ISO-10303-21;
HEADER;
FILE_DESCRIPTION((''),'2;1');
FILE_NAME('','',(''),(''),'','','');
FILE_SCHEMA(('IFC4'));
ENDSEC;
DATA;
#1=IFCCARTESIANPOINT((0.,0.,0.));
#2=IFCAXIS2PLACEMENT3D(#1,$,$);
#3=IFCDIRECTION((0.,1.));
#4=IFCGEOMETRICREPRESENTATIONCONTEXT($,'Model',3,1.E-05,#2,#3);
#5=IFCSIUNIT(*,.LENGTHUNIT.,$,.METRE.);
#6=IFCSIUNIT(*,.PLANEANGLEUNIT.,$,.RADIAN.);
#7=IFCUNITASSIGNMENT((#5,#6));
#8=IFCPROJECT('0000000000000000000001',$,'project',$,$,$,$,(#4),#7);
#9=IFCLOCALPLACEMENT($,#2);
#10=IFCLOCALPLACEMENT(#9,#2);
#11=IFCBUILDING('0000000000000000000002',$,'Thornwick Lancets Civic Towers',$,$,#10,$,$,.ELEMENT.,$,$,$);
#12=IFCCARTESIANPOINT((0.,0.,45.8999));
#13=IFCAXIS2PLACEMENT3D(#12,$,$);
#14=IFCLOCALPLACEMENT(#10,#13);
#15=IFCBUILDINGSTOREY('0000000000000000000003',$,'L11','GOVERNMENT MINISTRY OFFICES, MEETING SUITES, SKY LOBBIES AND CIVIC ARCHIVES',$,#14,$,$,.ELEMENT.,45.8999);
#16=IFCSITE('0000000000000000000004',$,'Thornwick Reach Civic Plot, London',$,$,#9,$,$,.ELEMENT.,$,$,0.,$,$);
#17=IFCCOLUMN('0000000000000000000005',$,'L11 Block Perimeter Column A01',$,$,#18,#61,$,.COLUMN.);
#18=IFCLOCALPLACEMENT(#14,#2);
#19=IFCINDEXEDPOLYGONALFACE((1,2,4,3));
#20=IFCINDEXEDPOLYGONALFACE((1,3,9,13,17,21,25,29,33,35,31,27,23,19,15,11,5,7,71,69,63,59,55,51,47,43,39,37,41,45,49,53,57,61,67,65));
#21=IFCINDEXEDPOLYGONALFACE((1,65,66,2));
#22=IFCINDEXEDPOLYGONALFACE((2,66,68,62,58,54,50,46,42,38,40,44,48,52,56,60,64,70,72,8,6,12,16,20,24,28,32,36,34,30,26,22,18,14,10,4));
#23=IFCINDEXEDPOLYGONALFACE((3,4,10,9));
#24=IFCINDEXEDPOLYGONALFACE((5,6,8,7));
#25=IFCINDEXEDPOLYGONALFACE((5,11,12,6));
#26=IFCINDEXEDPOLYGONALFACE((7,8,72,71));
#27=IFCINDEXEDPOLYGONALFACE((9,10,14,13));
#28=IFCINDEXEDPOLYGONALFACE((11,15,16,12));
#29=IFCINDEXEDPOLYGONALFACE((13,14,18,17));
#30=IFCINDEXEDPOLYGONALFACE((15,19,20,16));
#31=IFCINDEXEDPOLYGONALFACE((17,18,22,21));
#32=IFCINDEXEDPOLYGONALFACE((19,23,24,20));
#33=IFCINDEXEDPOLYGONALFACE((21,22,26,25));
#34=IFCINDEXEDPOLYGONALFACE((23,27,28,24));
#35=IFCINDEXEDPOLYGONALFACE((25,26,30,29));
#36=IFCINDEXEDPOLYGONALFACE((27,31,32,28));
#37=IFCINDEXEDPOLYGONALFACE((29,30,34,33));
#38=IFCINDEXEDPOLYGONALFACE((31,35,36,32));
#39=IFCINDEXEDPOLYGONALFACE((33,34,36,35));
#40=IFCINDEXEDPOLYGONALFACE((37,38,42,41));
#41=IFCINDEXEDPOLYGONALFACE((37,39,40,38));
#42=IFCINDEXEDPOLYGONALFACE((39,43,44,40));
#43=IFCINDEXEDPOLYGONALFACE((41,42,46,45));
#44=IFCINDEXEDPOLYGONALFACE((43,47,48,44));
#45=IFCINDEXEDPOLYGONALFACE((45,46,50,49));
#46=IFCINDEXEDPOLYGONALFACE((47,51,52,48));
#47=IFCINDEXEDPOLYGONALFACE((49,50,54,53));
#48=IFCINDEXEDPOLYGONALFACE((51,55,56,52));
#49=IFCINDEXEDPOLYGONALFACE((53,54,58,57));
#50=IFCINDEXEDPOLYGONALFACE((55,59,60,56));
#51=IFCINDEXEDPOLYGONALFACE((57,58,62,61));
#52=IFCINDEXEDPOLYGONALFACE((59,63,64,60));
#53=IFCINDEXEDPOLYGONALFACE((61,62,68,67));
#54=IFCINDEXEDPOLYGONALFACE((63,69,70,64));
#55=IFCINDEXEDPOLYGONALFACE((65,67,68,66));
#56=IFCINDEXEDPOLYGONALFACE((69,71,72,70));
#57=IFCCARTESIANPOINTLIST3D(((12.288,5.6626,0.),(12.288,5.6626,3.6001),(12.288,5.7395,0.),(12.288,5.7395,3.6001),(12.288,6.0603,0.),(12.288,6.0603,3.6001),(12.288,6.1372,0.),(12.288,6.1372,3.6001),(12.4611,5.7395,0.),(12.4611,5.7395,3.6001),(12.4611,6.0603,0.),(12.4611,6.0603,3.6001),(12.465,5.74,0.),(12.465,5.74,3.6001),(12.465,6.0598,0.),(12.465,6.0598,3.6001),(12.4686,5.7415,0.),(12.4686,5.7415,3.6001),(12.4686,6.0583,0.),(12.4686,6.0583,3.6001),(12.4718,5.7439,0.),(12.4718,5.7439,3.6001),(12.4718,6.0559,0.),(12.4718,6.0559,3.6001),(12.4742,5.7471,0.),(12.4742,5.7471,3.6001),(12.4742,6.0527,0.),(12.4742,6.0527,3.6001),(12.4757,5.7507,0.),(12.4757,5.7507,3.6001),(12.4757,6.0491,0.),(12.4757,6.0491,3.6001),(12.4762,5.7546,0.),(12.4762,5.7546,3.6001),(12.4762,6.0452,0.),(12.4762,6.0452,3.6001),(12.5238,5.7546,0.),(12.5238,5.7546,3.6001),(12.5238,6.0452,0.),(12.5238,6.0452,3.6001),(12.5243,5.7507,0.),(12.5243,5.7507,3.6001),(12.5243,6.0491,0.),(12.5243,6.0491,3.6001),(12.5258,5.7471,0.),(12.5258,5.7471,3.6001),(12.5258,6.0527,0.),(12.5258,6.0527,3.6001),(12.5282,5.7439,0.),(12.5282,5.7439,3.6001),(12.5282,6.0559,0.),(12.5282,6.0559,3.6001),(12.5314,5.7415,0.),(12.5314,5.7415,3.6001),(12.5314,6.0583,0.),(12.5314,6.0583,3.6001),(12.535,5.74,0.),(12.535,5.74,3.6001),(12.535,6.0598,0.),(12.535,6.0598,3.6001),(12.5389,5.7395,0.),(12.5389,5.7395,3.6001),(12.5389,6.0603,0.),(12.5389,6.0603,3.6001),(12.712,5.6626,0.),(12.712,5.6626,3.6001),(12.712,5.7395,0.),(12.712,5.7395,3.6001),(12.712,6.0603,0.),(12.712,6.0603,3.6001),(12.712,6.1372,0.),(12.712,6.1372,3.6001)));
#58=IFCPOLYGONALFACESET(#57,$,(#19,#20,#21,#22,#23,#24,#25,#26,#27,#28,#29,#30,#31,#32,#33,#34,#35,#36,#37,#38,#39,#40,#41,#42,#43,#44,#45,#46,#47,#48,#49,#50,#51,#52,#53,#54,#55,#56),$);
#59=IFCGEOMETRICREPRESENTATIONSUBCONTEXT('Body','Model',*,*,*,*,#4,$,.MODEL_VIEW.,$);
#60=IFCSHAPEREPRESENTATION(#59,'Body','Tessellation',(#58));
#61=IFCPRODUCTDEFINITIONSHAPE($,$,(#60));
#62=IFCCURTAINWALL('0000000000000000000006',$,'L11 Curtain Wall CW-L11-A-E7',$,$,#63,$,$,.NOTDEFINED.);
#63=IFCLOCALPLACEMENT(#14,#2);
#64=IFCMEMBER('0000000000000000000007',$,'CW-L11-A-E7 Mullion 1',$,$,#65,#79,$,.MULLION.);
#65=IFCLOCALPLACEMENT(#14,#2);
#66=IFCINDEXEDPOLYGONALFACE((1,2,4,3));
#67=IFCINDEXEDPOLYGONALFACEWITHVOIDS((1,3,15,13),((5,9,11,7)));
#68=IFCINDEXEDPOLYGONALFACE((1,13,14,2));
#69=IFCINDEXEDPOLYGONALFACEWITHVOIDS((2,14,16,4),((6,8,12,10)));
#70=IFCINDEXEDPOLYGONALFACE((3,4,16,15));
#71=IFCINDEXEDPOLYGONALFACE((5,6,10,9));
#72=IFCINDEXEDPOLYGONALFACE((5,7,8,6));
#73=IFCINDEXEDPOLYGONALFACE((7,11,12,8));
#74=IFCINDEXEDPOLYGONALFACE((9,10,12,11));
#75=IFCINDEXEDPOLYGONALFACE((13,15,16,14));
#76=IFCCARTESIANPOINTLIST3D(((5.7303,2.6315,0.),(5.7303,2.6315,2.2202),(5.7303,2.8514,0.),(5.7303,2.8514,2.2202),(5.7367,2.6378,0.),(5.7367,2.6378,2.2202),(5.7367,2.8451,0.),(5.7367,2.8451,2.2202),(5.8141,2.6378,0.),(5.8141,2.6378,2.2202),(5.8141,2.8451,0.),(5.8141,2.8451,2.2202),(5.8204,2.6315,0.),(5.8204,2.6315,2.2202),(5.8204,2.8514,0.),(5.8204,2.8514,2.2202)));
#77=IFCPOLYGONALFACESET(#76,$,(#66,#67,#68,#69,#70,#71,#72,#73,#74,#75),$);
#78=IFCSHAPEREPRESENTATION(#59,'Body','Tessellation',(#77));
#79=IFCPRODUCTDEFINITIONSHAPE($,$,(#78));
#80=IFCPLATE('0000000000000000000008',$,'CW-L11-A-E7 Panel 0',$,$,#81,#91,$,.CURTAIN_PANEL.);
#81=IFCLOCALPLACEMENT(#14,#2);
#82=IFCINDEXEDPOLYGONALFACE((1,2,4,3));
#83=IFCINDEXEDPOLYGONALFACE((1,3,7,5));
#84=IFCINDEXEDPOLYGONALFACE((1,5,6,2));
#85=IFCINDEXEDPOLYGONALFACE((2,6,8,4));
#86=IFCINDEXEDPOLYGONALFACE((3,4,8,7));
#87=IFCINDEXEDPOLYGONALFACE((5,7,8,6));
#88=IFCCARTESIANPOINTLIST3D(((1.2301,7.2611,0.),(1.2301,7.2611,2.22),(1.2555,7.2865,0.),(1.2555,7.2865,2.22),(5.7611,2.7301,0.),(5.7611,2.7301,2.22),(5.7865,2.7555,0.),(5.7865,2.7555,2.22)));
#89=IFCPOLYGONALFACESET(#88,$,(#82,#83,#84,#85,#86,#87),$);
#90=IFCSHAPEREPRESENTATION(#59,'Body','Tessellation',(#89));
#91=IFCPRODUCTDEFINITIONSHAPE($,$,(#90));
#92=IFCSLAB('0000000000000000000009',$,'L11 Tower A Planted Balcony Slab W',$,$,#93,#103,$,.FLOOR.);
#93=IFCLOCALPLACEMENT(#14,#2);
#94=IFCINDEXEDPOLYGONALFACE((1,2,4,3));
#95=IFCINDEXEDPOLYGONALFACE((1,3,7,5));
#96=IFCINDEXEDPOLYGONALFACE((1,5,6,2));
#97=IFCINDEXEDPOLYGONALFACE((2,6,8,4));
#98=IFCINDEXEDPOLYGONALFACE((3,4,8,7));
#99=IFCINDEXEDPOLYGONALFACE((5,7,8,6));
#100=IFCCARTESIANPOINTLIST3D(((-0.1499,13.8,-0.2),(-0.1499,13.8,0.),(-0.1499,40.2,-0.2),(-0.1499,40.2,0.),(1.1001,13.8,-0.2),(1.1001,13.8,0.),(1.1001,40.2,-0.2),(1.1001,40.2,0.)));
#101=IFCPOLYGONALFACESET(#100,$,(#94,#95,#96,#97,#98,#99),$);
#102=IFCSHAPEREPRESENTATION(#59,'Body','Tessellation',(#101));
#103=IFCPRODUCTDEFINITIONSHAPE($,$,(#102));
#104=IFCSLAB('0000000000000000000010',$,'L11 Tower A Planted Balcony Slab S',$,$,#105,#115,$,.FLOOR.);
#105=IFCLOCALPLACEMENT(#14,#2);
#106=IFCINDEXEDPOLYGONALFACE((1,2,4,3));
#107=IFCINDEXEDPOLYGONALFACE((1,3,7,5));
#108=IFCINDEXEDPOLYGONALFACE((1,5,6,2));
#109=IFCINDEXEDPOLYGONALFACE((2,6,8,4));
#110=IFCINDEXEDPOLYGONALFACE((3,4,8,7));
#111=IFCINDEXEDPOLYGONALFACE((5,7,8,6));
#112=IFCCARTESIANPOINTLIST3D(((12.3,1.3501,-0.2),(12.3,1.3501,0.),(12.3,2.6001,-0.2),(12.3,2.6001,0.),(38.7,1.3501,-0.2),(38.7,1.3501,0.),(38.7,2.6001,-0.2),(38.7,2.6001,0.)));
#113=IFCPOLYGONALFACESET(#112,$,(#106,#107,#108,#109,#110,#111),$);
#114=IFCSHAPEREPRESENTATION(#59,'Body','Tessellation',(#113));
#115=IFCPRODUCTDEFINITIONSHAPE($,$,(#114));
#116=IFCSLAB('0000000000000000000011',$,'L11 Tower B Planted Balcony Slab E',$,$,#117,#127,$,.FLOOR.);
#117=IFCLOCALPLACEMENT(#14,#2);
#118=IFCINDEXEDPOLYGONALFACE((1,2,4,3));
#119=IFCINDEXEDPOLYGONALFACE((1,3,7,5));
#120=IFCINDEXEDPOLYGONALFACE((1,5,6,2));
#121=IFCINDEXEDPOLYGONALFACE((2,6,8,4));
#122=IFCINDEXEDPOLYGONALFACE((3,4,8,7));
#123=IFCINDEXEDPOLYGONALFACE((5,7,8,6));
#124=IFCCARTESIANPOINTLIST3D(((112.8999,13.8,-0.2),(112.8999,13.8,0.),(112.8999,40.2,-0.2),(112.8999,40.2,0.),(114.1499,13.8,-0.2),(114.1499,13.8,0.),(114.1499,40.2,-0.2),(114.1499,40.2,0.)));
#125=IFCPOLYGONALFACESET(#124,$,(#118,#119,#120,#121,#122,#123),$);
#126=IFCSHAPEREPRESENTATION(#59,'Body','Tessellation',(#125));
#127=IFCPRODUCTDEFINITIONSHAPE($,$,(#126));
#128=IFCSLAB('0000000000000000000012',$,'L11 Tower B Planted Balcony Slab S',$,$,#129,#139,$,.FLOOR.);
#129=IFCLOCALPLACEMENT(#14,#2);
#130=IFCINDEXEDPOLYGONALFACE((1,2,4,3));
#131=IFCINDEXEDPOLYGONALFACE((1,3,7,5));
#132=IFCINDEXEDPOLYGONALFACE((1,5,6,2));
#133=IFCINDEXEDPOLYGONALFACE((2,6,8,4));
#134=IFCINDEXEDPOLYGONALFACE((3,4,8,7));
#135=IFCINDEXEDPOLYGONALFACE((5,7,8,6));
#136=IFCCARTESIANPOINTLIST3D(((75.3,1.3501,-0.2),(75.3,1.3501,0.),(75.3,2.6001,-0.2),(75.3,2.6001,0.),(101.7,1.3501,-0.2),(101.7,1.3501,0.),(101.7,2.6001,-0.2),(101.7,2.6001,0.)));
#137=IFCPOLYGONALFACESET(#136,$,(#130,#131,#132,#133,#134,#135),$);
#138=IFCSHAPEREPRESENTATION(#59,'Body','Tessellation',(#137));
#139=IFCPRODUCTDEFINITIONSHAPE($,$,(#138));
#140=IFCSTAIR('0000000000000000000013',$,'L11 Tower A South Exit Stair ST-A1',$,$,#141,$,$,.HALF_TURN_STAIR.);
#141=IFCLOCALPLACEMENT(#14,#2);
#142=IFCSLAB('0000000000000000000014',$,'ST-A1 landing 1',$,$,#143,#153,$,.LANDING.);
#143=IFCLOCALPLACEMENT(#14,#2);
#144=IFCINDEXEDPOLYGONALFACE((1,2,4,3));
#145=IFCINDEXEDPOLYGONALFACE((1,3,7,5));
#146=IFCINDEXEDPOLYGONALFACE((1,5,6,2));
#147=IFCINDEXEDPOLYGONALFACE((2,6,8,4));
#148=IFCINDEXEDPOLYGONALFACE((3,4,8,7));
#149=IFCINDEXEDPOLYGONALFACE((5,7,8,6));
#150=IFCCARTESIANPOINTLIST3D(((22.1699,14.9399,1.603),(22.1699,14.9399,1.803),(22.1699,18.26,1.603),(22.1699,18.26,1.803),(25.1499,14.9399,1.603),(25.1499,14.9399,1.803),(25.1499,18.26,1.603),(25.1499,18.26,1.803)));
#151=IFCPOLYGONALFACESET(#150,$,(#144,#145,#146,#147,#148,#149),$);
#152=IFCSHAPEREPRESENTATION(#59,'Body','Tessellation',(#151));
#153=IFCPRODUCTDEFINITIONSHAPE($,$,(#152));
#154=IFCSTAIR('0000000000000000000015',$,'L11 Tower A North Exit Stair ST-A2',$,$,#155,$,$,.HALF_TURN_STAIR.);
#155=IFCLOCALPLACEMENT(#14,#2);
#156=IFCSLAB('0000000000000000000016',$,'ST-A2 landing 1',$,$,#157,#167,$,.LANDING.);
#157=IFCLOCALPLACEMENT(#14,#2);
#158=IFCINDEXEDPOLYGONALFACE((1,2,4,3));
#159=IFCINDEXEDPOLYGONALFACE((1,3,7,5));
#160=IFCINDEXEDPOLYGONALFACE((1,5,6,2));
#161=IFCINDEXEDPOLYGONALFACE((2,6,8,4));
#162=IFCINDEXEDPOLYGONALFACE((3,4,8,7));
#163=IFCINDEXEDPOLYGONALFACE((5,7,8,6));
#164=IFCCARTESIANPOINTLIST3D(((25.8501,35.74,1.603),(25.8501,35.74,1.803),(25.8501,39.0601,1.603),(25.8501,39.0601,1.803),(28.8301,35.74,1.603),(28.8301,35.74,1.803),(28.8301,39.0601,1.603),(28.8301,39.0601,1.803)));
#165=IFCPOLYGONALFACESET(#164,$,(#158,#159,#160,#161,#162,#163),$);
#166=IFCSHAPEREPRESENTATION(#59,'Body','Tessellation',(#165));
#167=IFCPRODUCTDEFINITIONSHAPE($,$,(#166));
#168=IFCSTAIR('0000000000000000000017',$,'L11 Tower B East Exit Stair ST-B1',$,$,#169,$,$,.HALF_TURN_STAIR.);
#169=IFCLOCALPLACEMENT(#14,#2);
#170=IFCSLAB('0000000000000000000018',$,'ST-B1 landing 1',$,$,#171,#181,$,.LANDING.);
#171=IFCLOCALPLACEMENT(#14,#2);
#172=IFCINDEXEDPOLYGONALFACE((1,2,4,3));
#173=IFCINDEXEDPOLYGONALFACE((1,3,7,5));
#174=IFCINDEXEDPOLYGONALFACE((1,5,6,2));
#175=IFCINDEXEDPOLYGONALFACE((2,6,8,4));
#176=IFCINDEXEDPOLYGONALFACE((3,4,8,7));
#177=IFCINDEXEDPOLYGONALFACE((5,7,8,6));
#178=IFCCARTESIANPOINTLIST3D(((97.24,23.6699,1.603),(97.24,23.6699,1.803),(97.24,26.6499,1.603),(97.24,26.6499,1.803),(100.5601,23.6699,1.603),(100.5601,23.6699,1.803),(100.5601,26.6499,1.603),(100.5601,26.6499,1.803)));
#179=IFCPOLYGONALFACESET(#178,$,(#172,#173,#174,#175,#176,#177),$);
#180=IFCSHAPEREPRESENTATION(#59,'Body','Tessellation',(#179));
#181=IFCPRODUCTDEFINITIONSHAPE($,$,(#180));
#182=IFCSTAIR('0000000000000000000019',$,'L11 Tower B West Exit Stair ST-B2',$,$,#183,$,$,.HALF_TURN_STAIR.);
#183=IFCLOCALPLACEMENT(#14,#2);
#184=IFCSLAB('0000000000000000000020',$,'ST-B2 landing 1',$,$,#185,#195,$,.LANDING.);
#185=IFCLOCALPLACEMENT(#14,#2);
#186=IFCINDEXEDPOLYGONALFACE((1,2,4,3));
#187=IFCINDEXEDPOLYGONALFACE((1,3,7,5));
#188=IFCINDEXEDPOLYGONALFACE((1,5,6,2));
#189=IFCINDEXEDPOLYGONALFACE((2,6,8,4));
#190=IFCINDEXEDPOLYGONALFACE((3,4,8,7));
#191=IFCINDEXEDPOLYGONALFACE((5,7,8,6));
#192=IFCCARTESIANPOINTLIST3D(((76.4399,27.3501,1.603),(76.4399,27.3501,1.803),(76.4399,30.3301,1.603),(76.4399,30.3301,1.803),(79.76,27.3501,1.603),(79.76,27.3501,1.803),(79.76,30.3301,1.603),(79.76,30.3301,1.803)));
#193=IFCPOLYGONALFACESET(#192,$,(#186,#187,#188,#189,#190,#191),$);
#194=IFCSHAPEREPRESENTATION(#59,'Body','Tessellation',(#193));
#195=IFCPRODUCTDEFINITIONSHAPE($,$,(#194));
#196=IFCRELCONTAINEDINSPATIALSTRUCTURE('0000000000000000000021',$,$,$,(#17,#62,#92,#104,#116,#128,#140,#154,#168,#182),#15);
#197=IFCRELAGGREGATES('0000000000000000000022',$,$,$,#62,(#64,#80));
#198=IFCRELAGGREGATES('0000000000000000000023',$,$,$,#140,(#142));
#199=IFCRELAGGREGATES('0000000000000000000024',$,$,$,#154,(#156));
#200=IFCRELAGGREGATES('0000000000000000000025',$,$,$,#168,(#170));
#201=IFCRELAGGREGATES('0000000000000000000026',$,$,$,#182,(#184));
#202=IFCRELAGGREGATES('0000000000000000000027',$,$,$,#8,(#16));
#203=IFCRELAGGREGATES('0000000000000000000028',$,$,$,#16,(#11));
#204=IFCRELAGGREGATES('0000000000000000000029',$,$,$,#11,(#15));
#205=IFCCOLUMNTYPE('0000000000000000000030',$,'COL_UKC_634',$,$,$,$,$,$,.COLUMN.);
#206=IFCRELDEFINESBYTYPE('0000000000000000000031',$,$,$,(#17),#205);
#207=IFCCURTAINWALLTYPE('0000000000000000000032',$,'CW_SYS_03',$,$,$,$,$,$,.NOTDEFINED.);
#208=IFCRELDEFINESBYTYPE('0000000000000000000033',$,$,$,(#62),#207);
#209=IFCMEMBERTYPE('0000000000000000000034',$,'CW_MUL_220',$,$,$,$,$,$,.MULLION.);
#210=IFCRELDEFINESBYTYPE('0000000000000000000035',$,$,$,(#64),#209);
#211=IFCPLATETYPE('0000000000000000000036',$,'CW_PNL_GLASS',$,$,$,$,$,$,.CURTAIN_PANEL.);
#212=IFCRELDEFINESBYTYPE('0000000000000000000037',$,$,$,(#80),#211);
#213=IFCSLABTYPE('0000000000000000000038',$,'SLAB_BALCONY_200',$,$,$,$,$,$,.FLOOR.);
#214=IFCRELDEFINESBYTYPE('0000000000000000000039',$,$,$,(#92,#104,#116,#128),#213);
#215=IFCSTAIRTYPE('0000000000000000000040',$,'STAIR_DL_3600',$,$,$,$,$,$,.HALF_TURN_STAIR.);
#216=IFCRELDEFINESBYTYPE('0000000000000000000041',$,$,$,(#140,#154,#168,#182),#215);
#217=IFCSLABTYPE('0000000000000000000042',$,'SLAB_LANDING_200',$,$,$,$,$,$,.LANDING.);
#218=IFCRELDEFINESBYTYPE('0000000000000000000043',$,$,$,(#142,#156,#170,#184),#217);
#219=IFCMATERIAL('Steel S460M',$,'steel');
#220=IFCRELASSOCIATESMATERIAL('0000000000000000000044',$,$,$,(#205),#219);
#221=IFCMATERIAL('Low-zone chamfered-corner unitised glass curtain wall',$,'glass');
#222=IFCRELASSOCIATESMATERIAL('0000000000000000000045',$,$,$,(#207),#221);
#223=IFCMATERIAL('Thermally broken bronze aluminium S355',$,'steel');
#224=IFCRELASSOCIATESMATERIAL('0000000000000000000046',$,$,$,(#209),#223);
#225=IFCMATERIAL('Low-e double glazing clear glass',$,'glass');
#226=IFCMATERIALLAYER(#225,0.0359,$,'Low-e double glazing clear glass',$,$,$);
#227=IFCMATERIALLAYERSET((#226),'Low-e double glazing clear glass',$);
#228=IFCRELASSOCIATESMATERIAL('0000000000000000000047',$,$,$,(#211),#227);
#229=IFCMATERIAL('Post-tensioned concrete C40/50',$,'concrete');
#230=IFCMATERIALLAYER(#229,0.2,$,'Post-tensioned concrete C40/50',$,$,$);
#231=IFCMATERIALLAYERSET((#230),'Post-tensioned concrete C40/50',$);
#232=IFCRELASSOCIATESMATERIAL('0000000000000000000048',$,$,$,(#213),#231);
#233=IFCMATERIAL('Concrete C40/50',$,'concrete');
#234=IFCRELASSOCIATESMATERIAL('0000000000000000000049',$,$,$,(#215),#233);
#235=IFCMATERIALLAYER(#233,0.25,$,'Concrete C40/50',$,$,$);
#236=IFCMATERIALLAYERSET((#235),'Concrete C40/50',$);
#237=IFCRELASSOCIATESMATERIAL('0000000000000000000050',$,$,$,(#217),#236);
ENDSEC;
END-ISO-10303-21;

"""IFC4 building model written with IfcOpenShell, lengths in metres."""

from ifc_helpers import new_model, si_unit, direction, frame, origin, origin_2d, place, context, subcontext, project, spatial, polyline, rectangle, hollow_rectangle, i_section, outline, extrude, material, layer, layer_set, material_profile, profile_set, type_object, element, aggregate, save


model = new_model("IFC4")

# Units and contexts
model_context = context("Model", 3, precision=1e-05, world=origin(), true_north=direction((0.0, 1.0)))
body_context = subcontext(model_context, "Body", "Model", "MODEL_VIEW")
ifc_project = project(units=[si_unit("LENGTHUNIT", "METRE"), si_unit("PLANEANGLEUNIT", "RADIAN")], contexts=[model_context])

# Site, building, storey
site_placement = place(None, origin())
site = spatial("IfcSite", under=ifc_project, at=site_placement, Name="Thornwick Reach Civic Plot, London", CompositionType="ELEMENT", RefElevation=0.0)
building_placement = place(site_placement, origin())
building = spatial("IfcBuilding", under=site, at=building_placement, Name="Thornwick Lancets Civic Towers", CompositionType="ELEMENT")
storey_placement = place(building_placement, frame((0.0, 0.0, 45.8999)))
storey = spatial("IfcBuildingStorey", under=building, at=storey_placement, Name="L11", Description="GOVERNMENT MINISTRY OFFICES, MEETING SUITES, SKY LOBBIES AND CIVIC ARCHIVES", CompositionType="ELEMENT", Elevation=45.8999)

# Column
ifc_material_1 = material(Name="Steel S460M", Category="steel")
ifc_material_profile_1 = material_profile(ifc_material_1, i_section(OverallWidth=0.4241, OverallDepth=0.4746, WebThickness=0.0476, FlangeThickness=0.0769, FilletRadius=0.0151, at=origin_2d()), Name="UKC 356x406x634")
ifc_profile_set_1 = profile_set([ifc_material_profile_1], Name="Steel S460M")
column_type = type_object("IfcColumnType", Name="COL_UKC_634", PredefinedType="COLUMN", material=ifc_profile_set_1)
column_placement = place(storey_placement, frame((12.5, 5.8999, 0.0), z_axis=(0.0, 0.0, 1.0), x_axis=(1.0, 0.0, 0.0)))
element("IfcColumn", 1, at=column_placement, inside=storey, type_object=column_type, Name="L11 Block Perimeter Column A01", PredefinedType="COLUMN", context=body_context, shape_type="SweptSolid", body=[
    extrude(i_section(OverallWidth=0.4241, OverallDepth=0.4746, WebThickness=0.0476, FlangeThickness=0.0769, FilletRadius=0.0151, at=origin_2d()), origin(), (0.0, 0.0, 1.0), 3.6001),
])

# Curtain wall, member, plate
ifc_material_2 = material(Name="Low-zone chamfered-corner unitised glass curtain wall", Category="glass")
curtain_wall_type = type_object("IfcCurtainWallType", Name="CW_SYS_03", PredefinedType="NOTDEFINED", material=ifc_material_2)
curtain_wall_placement = place(storey_placement, origin())
curtain_wall = element("IfcCurtainWall", 2, at=curtain_wall_placement, inside=storey, type_object=curtain_wall_type, Name="L11 Curtain Wall CW-L11-A-E7", PredefinedType="NOTDEFINED")
ifc_material_3 = material(Name="Thermally broken bronze aluminium S355", Category="steel")
ifc_material_profile_2 = material_profile(ifc_material_3, hollow_rectangle(XDim=0.0901, YDim=0.22, WallThickness=0.0063, at=origin_2d()), Name="RHS 220x90x6.3")
ifc_profile_set_2 = profile_set([ifc_material_profile_2], Name="Thermally broken bronze aluminium S355")
member_type = type_object("IfcMemberType", Name="CW_MUL_220", PredefinedType="MULLION", material=ifc_profile_set_2)
member_placement = place(storey_placement, frame((5.7754, 2.7415, 0.0), z_axis=(0.0, 0.0, 1.0), x_axis=(1.0, 0.0, 0.0)))
member = element("IfcMember", 3, at=member_placement, type_object=member_type, Name="CW-L11-A-E7 Mullion 1", PredefinedType="MULLION", context=body_context, shape_type="SweptSolid", body=[
    extrude(hollow_rectangle(XDim=0.0901, YDim=0.22, WallThickness=0.0063, at=origin_2d()), origin(), (0.0, 0.0, 1.0), 2.2202),
])
ifc_material_4 = material(Name="Low-e double glazing clear glass", Category="glass")
ifc_layer_1 = layer(ifc_material_4, 0.0359, Name="Low-e double glazing clear glass")
ifc_layer_set_1 = layer_set([ifc_layer_1], Name="Low-e double glazing clear glass")
plate_type = type_object("IfcPlateType", Name="CW_PNL_GLASS", PredefinedType="CURTAIN_PANEL", material=ifc_layer_set_1)
plate_placement = place(storey_placement, frame((3.5083, 5.0083, 0.0), z_axis=(0.0, 0.0, 1.0), x_axis=(0.707107, -0.707107, 0.0)))
plate = element("IfcPlate", 4, at=plate_placement, type_object=plate_type, Name="CW-L11-A-E7 Panel 0", PredefinedType="CURTAIN_PANEL", context=body_context, shape_type="SweptSolid", body=[
    extrude(rectangle(XDim=6.4077, YDim=0.0359, at=origin_2d()), origin(), (0.0, 0.0, 1.0), 2.22),
])
aggregate(curtain_wall, [member, plate])

# Slabs
ifc_material_5 = material(Name="Post-tensioned concrete C40/50", Category="concrete")
ifc_layer_2 = layer(ifc_material_5, 0.2, Name="Post-tensioned concrete C40/50")
ifc_layer_set_2 = layer_set([ifc_layer_2], Name="Post-tensioned concrete C40/50")
slab_type_1 = type_object("IfcSlabType", Name="SLAB_BALCONY_200", PredefinedType="FLOOR", material=ifc_layer_set_2)
slab_1_placement = place(storey_placement, frame((0.0, 0.0, -0.2)))
element("IfcSlab", 5, at=slab_1_placement, inside=storey, type_object=slab_type_1, Name="L11 Tower A Planted Balcony Slab W", PredefinedType="FLOOR", context=body_context, shape_type="SweptSolid", body=[
    extrude(outline(polyline([(-0.1499, 13.8), (1.1001, 13.8), (1.1001, 40.2), (-0.1499, 40.2), (-0.1499, 13.8)])), origin(), (0.0, 0.0, 1.0), 0.2),
])
slab_2_placement = place(storey_placement, frame((0.0, 0.0, -0.2)))
element("IfcSlab", 6, at=slab_2_placement, inside=storey, type_object=slab_type_1, Name="L11 Tower A Planted Balcony Slab S", PredefinedType="FLOOR", context=body_context, shape_type="SweptSolid", body=[
    extrude(outline(polyline([(12.3, 1.3501), (38.7, 1.3501), (38.7, 2.6001), (12.3, 2.6001), (12.3, 1.3501)])), origin(), (0.0, 0.0, 1.0), 0.2),
])
slab_3_placement = place(storey_placement, frame((0.0, 0.0, -0.2)))
element("IfcSlab", 7, at=slab_3_placement, inside=storey, type_object=slab_type_1, Name="L11 Tower B Planted Balcony Slab E", PredefinedType="FLOOR", context=body_context, shape_type="SweptSolid", body=[
    extrude(outline(polyline([(112.8999, 13.8), (114.1499, 13.8), (114.1499, 40.2), (112.8999, 40.2), (112.8999, 13.8)])), origin(), (0.0, 0.0, 1.0), 0.2),
])
slab_4_placement = place(storey_placement, frame((0.0, 0.0, -0.2)))
element("IfcSlab", 8, at=slab_4_placement, inside=storey, type_object=slab_type_1, Name="L11 Tower B Planted Balcony Slab S", PredefinedType="FLOOR", context=body_context, shape_type="SweptSolid", body=[
    extrude(outline(polyline([(75.3, 1.3501), (101.7, 1.3501), (101.7, 2.6001), (75.3, 2.6001), (75.3, 1.3501)])), origin(), (0.0, 0.0, 1.0), 0.2),
])

# Stairs, slabs
ifc_material_6 = material(Name="Concrete C40/50", Category="concrete")
stair_type = type_object("IfcStairType", Name="STAIR_DL_3600", PredefinedType="HALF_TURN_STAIR", material=ifc_material_6)
stair_1_placement = place(storey_placement, origin())
stair_1 = element("IfcStair", 9, at=stair_1_placement, inside=storey, type_object=stair_type, Name="L11 Tower A South Exit Stair ST-A1", PredefinedType="HALF_TURN_STAIR")
ifc_layer_3 = layer(ifc_material_6, 0.25, Name="Concrete C40/50")
ifc_layer_set_3 = layer_set([ifc_layer_3], Name="Concrete C40/50")
slab_type_2 = type_object("IfcSlabType", Name="SLAB_LANDING_200", PredefinedType="LANDING", material=ifc_layer_set_3)
slab_5_placement = place(storey_placement, frame((0.0, 0.0, 1.603)))
slab_5 = element("IfcSlab", 10, at=slab_5_placement, type_object=slab_type_2, Name="ST-A1 landing 1", PredefinedType="LANDING", context=body_context, shape_type="SweptSolid", body=[
    extrude(outline(polyline([(22.1699, 14.9399), (25.1499, 14.9399), (25.1499, 18.26), (22.1699, 18.26), (22.1699, 14.9399)])), origin(), (0.0, 0.0, 1.0), 0.2),
])
aggregate(stair_1, [slab_5])
stair_2_placement = place(storey_placement, origin())
stair_2 = element("IfcStair", 11, at=stair_2_placement, inside=storey, type_object=stair_type, Name="L11 Tower A North Exit Stair ST-A2", PredefinedType="HALF_TURN_STAIR")
slab_6_placement = place(storey_placement, frame((0.0, 0.0, 1.603)))
slab_6 = element("IfcSlab", 12, at=slab_6_placement, type_object=slab_type_2, Name="ST-A2 landing 1", PredefinedType="LANDING", context=body_context, shape_type="SweptSolid", body=[
    extrude(outline(polyline([(28.8301, 39.0601), (25.8501, 39.0601), (25.8501, 35.74), (28.8301, 35.74), (28.8301, 39.0601)])), origin(), (0.0, 0.0, 1.0), 0.2),
])
aggregate(stair_2, [slab_6])
stair_3_placement = place(storey_placement, origin())
stair_3 = element("IfcStair", 13, at=stair_3_placement, inside=storey, type_object=stair_type, Name="L11 Tower B East Exit Stair ST-B1", PredefinedType="HALF_TURN_STAIR")
slab_7_placement = place(storey_placement, frame((0.0, 0.0, 1.603)))
slab_7 = element("IfcSlab", 14, at=slab_7_placement, type_object=slab_type_2, Name="ST-B1 landing 1", PredefinedType="LANDING", context=body_context, shape_type="SweptSolid", body=[
    extrude(outline(polyline([(100.5601, 23.6699), (100.5601, 26.6499), (97.24, 26.6499), (97.24, 23.6699), (100.5601, 23.6699)])), origin(), (0.0, 0.0, 1.0), 0.2),
])
aggregate(stair_3, [slab_7])
stair_4_placement = place(storey_placement, origin())
stair_4 = element("IfcStair", 15, at=stair_4_placement, inside=storey, type_object=stair_type, Name="L11 Tower B West Exit Stair ST-B2", PredefinedType="HALF_TURN_STAIR")
slab_8_placement = place(storey_placement, frame((0.0, 0.0, 1.603)))
slab_8 = element("IfcSlab", 16, at=slab_8_placement, type_object=slab_type_2, Name="ST-B2 landing 1", PredefinedType="LANDING", context=body_context, shape_type="SweptSolid", body=[
    extrude(outline(polyline([(76.4399, 30.3301), (76.4399, 27.3501), (79.76, 27.3501), (79.76, 30.3301), (76.4399, 30.3301)])), origin(), (0.0, 0.0, 1.0), 0.2),
])
aggregate(stair_4, [slab_8])

save(model, "model.ifc")
